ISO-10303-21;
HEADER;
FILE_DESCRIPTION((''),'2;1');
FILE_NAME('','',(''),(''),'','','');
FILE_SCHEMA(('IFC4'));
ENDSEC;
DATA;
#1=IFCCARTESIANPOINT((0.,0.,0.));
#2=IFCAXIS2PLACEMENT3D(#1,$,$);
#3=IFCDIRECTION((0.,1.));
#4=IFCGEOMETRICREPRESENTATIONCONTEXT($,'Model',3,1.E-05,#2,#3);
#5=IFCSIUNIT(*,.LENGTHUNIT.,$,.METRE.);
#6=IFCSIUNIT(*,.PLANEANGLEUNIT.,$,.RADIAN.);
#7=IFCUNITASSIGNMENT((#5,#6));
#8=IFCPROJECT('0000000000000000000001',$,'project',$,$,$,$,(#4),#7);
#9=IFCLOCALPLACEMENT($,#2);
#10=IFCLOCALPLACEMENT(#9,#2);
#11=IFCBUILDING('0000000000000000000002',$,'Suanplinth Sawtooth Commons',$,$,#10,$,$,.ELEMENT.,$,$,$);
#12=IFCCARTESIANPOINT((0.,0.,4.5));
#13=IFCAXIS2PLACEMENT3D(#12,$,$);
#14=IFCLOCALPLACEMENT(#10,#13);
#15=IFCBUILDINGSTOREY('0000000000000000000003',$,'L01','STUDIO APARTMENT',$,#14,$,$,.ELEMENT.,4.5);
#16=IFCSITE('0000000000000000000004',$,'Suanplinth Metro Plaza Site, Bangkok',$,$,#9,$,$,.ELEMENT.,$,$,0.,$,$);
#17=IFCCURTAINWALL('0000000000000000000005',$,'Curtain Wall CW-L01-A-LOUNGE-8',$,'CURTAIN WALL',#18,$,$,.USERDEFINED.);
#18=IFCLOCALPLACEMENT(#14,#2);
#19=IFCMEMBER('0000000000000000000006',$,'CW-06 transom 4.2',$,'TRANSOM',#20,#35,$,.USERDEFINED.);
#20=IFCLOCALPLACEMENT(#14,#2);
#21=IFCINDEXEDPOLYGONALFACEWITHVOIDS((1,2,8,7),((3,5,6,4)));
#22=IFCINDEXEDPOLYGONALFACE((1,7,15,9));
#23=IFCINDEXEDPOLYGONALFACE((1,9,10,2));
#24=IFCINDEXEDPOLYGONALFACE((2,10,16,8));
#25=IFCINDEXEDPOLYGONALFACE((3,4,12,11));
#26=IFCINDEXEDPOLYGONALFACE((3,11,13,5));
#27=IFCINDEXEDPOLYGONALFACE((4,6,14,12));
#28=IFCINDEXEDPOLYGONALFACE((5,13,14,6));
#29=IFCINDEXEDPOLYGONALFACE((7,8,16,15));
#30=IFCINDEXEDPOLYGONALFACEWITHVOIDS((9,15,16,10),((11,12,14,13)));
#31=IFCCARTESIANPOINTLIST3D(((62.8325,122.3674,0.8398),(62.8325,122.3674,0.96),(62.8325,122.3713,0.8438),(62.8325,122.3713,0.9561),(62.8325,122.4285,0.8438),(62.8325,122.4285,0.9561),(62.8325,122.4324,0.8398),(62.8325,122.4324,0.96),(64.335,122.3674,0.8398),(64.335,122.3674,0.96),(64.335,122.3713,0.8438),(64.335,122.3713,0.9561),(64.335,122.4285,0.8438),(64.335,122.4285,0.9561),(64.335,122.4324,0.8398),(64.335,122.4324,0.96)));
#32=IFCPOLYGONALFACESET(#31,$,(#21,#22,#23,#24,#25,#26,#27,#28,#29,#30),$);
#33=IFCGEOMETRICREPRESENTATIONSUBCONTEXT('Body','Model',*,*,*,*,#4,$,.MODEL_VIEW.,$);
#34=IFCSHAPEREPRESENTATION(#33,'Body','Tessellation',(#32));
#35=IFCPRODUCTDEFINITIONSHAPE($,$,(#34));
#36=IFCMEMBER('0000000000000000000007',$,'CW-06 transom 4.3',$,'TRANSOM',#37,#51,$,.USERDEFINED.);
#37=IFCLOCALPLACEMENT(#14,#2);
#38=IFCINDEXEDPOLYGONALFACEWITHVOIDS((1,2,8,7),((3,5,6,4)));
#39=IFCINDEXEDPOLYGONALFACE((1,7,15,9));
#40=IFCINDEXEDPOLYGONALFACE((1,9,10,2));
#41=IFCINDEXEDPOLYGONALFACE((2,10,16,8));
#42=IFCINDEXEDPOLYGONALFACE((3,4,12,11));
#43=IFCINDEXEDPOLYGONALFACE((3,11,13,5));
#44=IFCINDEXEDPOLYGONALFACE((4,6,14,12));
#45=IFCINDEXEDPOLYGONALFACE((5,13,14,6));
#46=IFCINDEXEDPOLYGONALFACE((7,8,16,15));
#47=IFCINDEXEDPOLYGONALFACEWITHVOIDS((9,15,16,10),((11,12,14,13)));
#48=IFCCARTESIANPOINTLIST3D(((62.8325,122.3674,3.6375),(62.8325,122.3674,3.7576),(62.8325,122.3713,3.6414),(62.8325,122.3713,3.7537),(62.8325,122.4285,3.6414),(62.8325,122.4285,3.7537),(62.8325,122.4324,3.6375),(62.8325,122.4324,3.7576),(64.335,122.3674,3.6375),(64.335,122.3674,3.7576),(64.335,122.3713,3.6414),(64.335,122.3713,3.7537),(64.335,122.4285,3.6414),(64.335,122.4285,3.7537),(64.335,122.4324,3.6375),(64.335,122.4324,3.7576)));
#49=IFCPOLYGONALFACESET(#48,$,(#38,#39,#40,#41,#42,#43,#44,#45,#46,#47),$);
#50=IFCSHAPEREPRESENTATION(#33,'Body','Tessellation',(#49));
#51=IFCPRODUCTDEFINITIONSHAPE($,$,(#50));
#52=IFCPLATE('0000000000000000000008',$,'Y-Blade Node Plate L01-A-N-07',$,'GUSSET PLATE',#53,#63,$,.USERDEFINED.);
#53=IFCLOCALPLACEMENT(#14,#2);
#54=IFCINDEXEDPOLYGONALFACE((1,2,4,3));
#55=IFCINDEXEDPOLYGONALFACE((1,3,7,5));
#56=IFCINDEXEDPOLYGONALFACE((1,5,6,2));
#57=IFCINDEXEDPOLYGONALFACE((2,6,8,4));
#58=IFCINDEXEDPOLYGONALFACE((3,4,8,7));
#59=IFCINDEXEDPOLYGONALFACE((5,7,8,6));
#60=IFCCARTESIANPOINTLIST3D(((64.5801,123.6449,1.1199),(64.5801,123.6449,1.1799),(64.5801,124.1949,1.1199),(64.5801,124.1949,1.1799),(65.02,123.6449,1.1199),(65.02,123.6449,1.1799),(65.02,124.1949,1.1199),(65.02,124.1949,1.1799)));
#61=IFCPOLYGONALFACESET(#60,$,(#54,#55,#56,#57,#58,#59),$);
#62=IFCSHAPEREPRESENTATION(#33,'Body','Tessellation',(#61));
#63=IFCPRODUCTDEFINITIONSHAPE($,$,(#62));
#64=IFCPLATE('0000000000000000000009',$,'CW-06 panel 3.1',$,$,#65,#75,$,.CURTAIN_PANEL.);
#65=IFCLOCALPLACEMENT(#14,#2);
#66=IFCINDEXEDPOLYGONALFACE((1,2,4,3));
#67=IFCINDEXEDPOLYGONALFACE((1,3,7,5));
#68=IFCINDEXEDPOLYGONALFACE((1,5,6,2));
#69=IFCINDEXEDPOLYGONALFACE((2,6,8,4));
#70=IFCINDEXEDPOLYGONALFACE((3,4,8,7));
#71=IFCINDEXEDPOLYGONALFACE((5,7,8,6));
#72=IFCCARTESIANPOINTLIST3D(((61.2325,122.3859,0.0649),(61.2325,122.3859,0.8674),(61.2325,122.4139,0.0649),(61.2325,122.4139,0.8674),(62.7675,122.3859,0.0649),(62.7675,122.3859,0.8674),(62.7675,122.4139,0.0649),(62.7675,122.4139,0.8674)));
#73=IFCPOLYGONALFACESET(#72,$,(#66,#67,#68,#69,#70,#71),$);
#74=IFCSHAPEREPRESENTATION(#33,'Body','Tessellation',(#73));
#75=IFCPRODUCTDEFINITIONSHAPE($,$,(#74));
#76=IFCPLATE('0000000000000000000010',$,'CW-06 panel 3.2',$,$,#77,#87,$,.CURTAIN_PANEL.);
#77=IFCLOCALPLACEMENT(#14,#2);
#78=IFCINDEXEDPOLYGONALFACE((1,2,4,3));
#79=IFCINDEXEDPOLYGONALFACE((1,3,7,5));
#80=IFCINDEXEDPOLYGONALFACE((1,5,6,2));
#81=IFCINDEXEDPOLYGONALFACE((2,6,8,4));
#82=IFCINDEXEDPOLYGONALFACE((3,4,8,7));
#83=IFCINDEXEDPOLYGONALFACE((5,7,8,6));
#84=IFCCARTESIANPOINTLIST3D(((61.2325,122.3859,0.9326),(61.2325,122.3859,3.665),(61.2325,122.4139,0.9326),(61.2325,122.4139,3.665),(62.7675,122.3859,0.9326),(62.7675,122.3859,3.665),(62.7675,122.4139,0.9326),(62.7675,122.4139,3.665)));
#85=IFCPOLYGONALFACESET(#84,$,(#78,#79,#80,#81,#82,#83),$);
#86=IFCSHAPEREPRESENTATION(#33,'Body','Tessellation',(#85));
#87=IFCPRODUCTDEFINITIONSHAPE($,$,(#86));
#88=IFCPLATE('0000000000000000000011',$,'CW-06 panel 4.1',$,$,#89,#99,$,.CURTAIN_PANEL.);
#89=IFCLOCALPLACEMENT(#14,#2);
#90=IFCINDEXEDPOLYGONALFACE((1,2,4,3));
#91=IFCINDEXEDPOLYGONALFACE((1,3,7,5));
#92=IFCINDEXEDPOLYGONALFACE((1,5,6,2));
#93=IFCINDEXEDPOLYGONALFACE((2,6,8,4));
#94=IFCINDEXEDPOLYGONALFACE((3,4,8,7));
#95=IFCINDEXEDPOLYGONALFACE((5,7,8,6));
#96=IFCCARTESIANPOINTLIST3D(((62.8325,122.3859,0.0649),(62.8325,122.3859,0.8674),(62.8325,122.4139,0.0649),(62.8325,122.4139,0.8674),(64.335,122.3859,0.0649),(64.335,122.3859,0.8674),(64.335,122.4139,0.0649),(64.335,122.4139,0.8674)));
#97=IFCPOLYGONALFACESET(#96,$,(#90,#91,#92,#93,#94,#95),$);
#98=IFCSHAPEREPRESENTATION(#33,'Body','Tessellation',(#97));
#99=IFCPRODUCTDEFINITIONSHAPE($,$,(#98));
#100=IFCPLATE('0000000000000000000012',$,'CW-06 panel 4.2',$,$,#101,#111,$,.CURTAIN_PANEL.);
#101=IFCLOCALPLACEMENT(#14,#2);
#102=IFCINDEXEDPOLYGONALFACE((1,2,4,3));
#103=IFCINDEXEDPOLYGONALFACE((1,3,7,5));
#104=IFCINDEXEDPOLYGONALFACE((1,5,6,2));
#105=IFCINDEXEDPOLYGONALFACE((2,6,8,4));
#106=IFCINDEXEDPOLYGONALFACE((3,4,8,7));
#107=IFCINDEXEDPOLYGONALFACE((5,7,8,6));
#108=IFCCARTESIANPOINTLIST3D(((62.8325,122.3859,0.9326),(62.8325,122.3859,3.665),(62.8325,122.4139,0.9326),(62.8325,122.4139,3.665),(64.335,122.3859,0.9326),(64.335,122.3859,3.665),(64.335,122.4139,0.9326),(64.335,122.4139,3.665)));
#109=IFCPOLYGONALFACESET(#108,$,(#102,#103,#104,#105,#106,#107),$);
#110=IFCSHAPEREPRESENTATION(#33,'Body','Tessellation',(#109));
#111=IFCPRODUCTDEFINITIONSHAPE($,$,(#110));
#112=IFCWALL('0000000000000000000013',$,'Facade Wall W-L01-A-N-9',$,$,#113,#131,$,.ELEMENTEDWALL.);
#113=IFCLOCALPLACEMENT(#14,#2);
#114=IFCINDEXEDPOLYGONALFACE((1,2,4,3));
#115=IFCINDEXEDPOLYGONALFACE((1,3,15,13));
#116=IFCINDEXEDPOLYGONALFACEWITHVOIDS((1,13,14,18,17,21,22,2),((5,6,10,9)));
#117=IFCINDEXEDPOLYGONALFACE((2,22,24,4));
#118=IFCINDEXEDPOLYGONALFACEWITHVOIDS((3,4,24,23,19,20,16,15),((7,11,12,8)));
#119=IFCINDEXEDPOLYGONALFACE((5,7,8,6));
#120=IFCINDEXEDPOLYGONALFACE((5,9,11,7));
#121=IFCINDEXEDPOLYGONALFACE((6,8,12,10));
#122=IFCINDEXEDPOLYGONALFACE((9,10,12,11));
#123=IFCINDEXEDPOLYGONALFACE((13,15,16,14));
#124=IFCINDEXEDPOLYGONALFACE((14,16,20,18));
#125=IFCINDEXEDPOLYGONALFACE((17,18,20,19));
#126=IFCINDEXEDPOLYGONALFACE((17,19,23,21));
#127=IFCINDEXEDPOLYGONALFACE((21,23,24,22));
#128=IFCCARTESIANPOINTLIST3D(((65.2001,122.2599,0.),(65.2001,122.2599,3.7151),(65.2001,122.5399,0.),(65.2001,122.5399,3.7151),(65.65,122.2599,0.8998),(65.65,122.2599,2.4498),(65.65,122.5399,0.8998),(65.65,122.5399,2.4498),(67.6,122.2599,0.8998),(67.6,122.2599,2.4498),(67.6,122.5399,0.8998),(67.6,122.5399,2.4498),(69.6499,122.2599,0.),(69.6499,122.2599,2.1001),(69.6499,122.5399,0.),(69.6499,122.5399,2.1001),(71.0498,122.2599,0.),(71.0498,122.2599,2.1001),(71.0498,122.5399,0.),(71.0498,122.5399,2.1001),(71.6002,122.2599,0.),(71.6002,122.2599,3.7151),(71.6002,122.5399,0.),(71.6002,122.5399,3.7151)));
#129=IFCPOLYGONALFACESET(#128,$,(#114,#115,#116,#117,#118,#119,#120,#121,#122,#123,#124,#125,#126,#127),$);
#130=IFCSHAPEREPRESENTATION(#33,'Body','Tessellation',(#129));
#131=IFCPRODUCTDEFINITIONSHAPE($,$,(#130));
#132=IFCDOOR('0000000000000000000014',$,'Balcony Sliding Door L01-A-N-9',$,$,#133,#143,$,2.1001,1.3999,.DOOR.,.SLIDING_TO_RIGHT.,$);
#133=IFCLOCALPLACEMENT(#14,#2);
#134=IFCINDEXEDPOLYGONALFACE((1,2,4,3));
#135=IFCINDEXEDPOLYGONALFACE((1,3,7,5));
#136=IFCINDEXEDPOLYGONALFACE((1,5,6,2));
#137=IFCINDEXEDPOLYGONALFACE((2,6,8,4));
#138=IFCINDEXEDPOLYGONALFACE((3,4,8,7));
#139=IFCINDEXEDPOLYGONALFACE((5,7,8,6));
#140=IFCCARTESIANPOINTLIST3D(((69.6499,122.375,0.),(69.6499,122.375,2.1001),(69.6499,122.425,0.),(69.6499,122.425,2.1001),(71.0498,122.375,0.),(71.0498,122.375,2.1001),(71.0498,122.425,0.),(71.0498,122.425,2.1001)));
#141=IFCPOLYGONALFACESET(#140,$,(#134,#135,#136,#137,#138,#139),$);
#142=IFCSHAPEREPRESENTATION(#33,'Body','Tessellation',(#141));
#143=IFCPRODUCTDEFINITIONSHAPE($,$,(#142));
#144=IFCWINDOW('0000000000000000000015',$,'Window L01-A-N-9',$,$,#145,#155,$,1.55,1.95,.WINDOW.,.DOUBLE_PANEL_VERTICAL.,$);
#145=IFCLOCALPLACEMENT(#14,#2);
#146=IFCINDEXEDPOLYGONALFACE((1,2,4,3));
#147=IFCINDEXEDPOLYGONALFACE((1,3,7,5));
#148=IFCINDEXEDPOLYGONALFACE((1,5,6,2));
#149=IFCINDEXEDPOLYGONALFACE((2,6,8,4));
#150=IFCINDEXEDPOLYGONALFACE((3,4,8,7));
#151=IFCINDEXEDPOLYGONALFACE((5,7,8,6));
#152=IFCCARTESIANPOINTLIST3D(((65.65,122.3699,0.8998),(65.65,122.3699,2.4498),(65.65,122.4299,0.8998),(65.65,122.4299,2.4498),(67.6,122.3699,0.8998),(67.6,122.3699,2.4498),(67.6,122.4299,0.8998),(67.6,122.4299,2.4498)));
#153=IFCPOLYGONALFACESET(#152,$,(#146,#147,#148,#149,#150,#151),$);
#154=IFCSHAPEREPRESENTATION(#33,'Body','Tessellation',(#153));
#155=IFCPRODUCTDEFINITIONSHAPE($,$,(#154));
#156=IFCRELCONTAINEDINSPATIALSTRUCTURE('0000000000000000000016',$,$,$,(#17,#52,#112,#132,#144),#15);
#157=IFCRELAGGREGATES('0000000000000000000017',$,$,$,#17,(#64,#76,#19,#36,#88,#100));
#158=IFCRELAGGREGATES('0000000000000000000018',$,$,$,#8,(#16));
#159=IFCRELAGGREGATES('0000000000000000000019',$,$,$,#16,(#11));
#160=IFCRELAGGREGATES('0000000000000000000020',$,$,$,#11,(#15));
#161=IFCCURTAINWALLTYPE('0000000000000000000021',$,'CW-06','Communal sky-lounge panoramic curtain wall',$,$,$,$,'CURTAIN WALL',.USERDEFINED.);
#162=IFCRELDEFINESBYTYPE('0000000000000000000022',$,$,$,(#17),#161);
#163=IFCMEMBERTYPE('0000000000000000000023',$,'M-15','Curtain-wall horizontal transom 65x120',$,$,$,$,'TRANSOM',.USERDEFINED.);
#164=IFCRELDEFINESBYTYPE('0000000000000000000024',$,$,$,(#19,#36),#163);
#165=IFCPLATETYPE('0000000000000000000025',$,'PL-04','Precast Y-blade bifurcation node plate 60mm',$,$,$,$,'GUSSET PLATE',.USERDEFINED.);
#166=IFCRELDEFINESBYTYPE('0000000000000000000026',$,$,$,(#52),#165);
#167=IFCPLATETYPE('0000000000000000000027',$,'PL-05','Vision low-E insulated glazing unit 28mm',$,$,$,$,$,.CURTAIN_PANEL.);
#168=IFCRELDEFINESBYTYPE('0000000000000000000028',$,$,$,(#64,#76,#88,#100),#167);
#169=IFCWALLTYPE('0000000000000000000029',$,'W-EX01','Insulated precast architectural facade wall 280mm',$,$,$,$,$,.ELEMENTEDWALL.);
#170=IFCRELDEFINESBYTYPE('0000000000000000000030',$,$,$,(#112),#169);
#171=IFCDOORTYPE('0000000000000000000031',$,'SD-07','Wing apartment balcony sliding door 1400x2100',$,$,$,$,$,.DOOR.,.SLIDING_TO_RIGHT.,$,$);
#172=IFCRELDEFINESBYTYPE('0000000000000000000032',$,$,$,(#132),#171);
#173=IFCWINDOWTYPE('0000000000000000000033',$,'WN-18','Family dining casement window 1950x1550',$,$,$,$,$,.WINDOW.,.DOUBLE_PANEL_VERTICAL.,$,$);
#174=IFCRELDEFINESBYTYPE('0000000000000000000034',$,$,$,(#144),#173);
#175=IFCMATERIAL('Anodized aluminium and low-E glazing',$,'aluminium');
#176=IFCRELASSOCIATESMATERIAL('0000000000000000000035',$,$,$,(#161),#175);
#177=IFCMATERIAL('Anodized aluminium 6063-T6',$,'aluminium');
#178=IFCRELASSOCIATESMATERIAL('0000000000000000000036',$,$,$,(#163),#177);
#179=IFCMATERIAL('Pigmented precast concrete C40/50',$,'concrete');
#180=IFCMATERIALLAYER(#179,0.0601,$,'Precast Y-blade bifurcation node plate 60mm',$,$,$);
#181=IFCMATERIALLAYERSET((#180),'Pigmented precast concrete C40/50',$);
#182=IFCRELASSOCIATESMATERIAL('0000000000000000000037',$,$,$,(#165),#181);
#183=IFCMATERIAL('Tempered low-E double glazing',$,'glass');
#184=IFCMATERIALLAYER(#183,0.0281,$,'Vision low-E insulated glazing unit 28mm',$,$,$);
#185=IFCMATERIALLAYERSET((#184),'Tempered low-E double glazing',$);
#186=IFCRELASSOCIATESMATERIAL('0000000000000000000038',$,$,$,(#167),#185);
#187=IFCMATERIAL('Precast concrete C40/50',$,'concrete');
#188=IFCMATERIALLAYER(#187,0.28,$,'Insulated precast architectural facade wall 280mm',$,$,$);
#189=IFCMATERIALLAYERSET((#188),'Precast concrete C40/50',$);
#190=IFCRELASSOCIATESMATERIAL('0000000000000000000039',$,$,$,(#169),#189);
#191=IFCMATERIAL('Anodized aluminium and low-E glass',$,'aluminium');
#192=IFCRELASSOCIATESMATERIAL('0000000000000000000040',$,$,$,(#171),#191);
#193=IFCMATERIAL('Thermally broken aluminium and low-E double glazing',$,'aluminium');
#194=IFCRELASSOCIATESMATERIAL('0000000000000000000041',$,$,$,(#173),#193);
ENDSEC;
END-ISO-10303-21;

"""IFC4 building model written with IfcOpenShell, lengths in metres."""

from ifc_helpers import new_model, si_unit, direction, frame, frame_2d, origin, origin_2d, place, context, subcontext, project, spatial, rectangle, hollow_rectangle, extrude, material, layer, layer_set, material_profile, profile_set, type_object, element, fill, aggregate, save


model = new_model("IFC4")

# Units and contexts
model_context = context("Model", 3, precision=1e-05, world=origin(), true_north=direction((0.0, 1.0)))
body_context = subcontext(model_context, "Body", "Model", "MODEL_VIEW")
ifc_project = project(units=[si_unit("LENGTHUNIT", "METRE"), si_unit("PLANEANGLEUNIT", "RADIAN")], contexts=[model_context])

# Site, building, storey
site_placement = place(None, origin())
site = spatial("IfcSite", under=ifc_project, at=site_placement, Name="Suanplinth Metro Plaza Site, Bangkok", CompositionType="ELEMENT", RefElevation=0.0)
building_placement = place(site_placement, origin())
building = spatial("IfcBuilding", under=site, at=building_placement, Name="Suanplinth Sawtooth Commons", CompositionType="ELEMENT")
storey_placement = place(building_placement, frame((0.0, 0.0, 4.5)))
storey = spatial("IfcBuildingStorey", under=building, at=storey_placement, Name="L01", Description="STUDIO APARTMENT", CompositionType="ELEMENT", Elevation=4.5)

# Shared definitions
ifc_material_1 = material(Name="Precast concrete C40/50", Category="concrete")

# Shared definitions
ifc_material_2 = material(Name="Pigmented precast concrete C40/50", Category="concrete")

# Curtain wall, members
ifc_material_3 = material(Name="Anodized aluminium and low-E glazing", Category="aluminium")
curtain_wall_type = type_object("IfcCurtainWallType", Name="CW-06", Description="Communal sky-lounge panoramic curtain wall", ElementType="CURTAIN WALL", PredefinedType="USERDEFINED", material=ifc_material_3)
curtain_wall_placement = place(storey_placement, origin())
curtain_wall = element("IfcCurtainWall", 1, at=curtain_wall_placement, inside=storey, type_object=curtain_wall_type, Name="Curtain Wall CW-L01-A-LOUNGE-8", ObjectType="CURTAIN WALL", PredefinedType="USERDEFINED")
ifc_material_4 = material(Name="Anodized aluminium 6063-T6", Category="aluminium")
ifc_material_profile_1 = material_profile(ifc_material_4, hollow_rectangle(XDim=0.0649, YDim=0.1201, WallThickness=0.0039, at=origin_2d()), Name="ALU-TRN 65x120")
ifc_profile_set_1 = profile_set([ifc_material_profile_1], Name="Anodized aluminium 6063-T6")
member_type_1 = type_object("IfcMemberType", Name="M-15", Description="Curtain-wall horizontal transom 65x120", ElementType="TRANSOM", PredefinedType="USERDEFINED", material=ifc_profile_set_1)
member_1_placement = place(storey_placement, frame((62.8325, 122.3999, 0.8999), z_axis=(1.0, 0.0, 0.0), x_axis=(0.0, 1.0, 0.0)))
member_1 = element("IfcMember", 2, at=member_1_placement, type_object=member_type_1, Name="CW-06 transom 4.2", ObjectType="TRANSOM", PredefinedType="USERDEFINED", context=body_context, shape_type="SweptSolid", body=[
    extrude(hollow_rectangle(XDim=0.0649, YDim=0.1201, WallThickness=0.0039, at=origin_2d()), origin(), (0.0, 0.0, 1.0), 1.5024),
])
member_2_placement = place(storey_placement, frame((62.8325, 122.3999, 3.6975), z_axis=(1.0, 0.0, 0.0), x_axis=(0.0, 1.0, 0.0)))
member_2 = element("IfcMember", 3, at=member_2_placement, type_object=member_type_1, Name="CW-06 transom 4.3", ObjectType="TRANSOM", PredefinedType="USERDEFINED", context=body_context, shape_type="SweptSolid", body=[
    extrude(hollow_rectangle(XDim=0.0649, YDim=0.1201, WallThickness=0.0039, at=origin_2d()), origin(), (0.0, 0.0, 1.0), 1.5024),
])

# Plates
ifc_layer_1 = layer(ifc_material_2, 0.0601, Name="Precast Y-blade bifurcation node plate 60mm")
ifc_layer_set_1 = layer_set([ifc_layer_1], Name="Pigmented precast concrete C40/50")
plate_type_1 = type_object("IfcPlateType", Name="PL-04", Description="Precast Y-blade bifurcation node plate 60mm", ElementType="GUSSET PLATE", PredefinedType="USERDEFINED", material=ifc_layer_set_1)
plate_1_placement = place(storey_placement, frame((64.8, 123.9199, 1.1199), z_axis=(0.0, 0.0, 1.0), x_axis=(1.0, 0.0, 0.0)))
element("IfcPlate", 4, at=plate_1_placement, inside=storey, type_object=plate_type_1, Name="Y-Blade Node Plate L01-A-N-07", ObjectType="GUSSET PLATE", PredefinedType="USERDEFINED", context=body_context, shape_type="SweptSolid", body=[
    extrude(rectangle(XDim=0.4399, YDim=0.55, at=origin_2d()), origin(), (0.0, 0.0, 1.0), 0.0601),
])
ifc_material_5 = material(Name="Tempered low-E double glazing", Category="glass")
ifc_layer_2 = layer(ifc_material_5, 0.0281, Name="Vision low-E insulated glazing unit 28mm")
ifc_layer_set_2 = layer_set([ifc_layer_2], Name="Tempered low-E double glazing")
plate_type_2 = type_object("IfcPlateType", Name="PL-05", Description="Vision low-E insulated glazing unit 28mm", PredefinedType="CURTAIN_PANEL", material=ifc_layer_set_2)
plate_2_placement = place(storey_placement, frame((62.0, 122.3999, 0.0649), z_axis=(0.0, 0.0, 1.0), x_axis=(1.0, 0.0, 0.0)))
plate_2 = element("IfcPlate", 5, at=plate_2_placement, type_object=plate_type_2, Name="CW-06 panel 3.1", PredefinedType="CURTAIN_PANEL", context=body_context, shape_type="SweptSolid", body=[
    extrude(rectangle(XDim=1.5349, YDim=0.0281, at=origin_2d()), origin(), (0.0, 0.0, 1.0), 0.8025),
])
plate_3_placement = place(storey_placement, frame((62.0, 122.3999, 0.9326), z_axis=(0.0, 0.0, 1.0), x_axis=(1.0, 0.0, 0.0)))
plate_3 = element("IfcPlate", 6, at=plate_3_placement, type_object=plate_type_2, Name="CW-06 panel 3.2", PredefinedType="CURTAIN_PANEL", context=body_context, shape_type="SweptSolid", body=[
    extrude(rectangle(XDim=1.5349, YDim=0.0281, at=origin_2d()), origin(), (0.0, 0.0, 1.0), 2.7324),
])
plate_4_placement = place(storey_placement, frame((63.5837, 122.3999, 0.0649), z_axis=(0.0, 0.0, 1.0), x_axis=(1.0, 0.0, 0.0)))
plate_4 = element("IfcPlate", 7, at=plate_4_placement, type_object=plate_type_2, Name="CW-06 panel 4.1", PredefinedType="CURTAIN_PANEL", context=body_context, shape_type="SweptSolid", body=[
    extrude(rectangle(XDim=1.5024, YDim=0.0281, at=origin_2d()), origin(), (0.0, 0.0, 1.0), 0.8025),
])
plate_5_placement = place(storey_placement, frame((63.5837, 122.3999, 0.9326), z_axis=(0.0, 0.0, 1.0), x_axis=(1.0, 0.0, 0.0)))
plate_5 = element("IfcPlate", 8, at=plate_5_placement, type_object=plate_type_2, Name="CW-06 panel 4.2", PredefinedType="CURTAIN_PANEL", context=body_context, shape_type="SweptSolid", body=[
    extrude(rectangle(XDim=1.5024, YDim=0.0281, at=origin_2d()), origin(), (0.0, 0.0, 1.0), 2.7324),
])
aggregate(curtain_wall, [plate_2, plate_3, member_1, member_2, plate_4, plate_5])

# Wall, openings, door, window
ifc_layer_3 = layer(ifc_material_1, 0.28, Name="Insulated precast architectural facade wall 280mm")
ifc_layer_set_3 = layer_set([ifc_layer_3], Name="Precast concrete C40/50")
wall_type = type_object("IfcWallType", Name="W-EX01", Description="Insulated precast architectural facade wall 280mm", PredefinedType="ELEMENTEDWALL", material=ifc_layer_set_3)
wall_placement = place(storey_placement, frame((65.2, 122.3999, 0.0), z_axis=(0.0, 0.0, 1.0), x_axis=(1.0, 0.0, 0.0)))
wall = element("IfcWall", 9, at=wall_placement, inside=storey, type_object=wall_type, Name="Facade Wall W-L01-A-N-9", PredefinedType="ELEMENTEDWALL", context=body_context, shape_type="SweptSolid", body=[
    extrude(rectangle(XDim=6.4001, YDim=0.28, at=frame_2d((3.2002, 0.0))), origin(), (0.0, 0.0, 1.0), 3.7151),
])
opening_1_placement = place(wall_placement, frame((4.45, 0.0, 0.0)))
opening_1 = element("IfcOpeningElement", 10, at=opening_1_placement, cuts=wall, PredefinedType="OPENING", context=body_context, shape_type="SweptSolid", body=[
    extrude(rectangle(XDim=1.3999, YDim=2.1001, at=frame_2d((0.7, 1.05))), frame((0.0, 0.1548, 0.0), z_axis=(0.0, -1.0, 0.0), x_axis=(1.0, 0.0, 0.0)), (0.0, 0.0, 1.0), 0.3098),
])
opening_2_placement = place(wall_placement, frame((0.45, 0.0, 0.8999)))
opening_2 = element("IfcOpeningElement", 11, at=opening_2_placement, cuts=wall, PredefinedType="OPENING", context=body_context, shape_type="SweptSolid", body=[
    extrude(rectangle(XDim=1.95, YDim=1.55, at=frame_2d((0.9751, 0.7749))), frame((0.0, 0.1548, 0.0), z_axis=(0.0, -1.0, 0.0), x_axis=(1.0, 0.0, 0.0)), (0.0, 0.0, 1.0), 0.3098),
])
ifc_material_6 = material(Name="Anodized aluminium and low-E glass", Category="aluminium")
door_type = type_object("IfcDoorType", Name="SD-07", Description="Wing apartment balcony sliding door 1400x2100", OperationType="SLIDING_TO_RIGHT", PredefinedType="DOOR", material=ifc_material_6)
door_placement = place(opening_1_placement, frame((1.3999, 0.0, 0.0), z_axis=(0.0, 0.0, 1.0), x_axis=(-1.0, 0.0, 0.0)))
door = element("IfcDoor", 12, at=door_placement, inside=storey, type_object=door_type, Name="Balcony Sliding Door L01-A-N-9", OperationType="SLIDING_TO_RIGHT", OverallHeight=2.1001, OverallWidth=1.3999, PredefinedType="DOOR", context=body_context, shape_type="SweptSolid", body=[
    extrude(rectangle(XDim=1.3999, YDim=2.1001, at=frame_2d((0.7, 1.05))), frame((0.0, 0.0249, 0.0), z_axis=(0.0, -1.0, 0.0), x_axis=(1.0, 0.0, 0.0)), (0.0, 0.0, 1.0), 0.05),
])
fill(opening_1, door)
ifc_material_7 = material(Name="Thermally broken aluminium and low-E double glazing", Category="aluminium")
window_type = type_object("IfcWindowType", Name="WN-18", Description="Family dining casement window 1950x1550", PartitioningType="DOUBLE_PANEL_VERTICAL", PredefinedType="WINDOW", material=ifc_material_7)
window_placement = place(opening_2_placement, origin())
window = element("IfcWindow", 13, at=window_placement, inside=storey, type_object=window_type, Name="Window L01-A-N-9", OverallHeight=1.55, OverallWidth=1.95, PartitioningType="DOUBLE_PANEL_VERTICAL", PredefinedType="WINDOW", context=body_context, shape_type="SweptSolid", body=[
    extrude(rectangle(XDim=1.95, YDim=1.55, at=frame_2d((0.9751, 0.7749))), frame((0.0, 0.03, 0.0), z_axis=(0.0, -1.0, 0.0), x_axis=(1.0, 0.0, 0.0)), (0.0, 0.0, 1.0), 0.0601),
])
fill(opening_2, window)

save(model, "model.ifc")
